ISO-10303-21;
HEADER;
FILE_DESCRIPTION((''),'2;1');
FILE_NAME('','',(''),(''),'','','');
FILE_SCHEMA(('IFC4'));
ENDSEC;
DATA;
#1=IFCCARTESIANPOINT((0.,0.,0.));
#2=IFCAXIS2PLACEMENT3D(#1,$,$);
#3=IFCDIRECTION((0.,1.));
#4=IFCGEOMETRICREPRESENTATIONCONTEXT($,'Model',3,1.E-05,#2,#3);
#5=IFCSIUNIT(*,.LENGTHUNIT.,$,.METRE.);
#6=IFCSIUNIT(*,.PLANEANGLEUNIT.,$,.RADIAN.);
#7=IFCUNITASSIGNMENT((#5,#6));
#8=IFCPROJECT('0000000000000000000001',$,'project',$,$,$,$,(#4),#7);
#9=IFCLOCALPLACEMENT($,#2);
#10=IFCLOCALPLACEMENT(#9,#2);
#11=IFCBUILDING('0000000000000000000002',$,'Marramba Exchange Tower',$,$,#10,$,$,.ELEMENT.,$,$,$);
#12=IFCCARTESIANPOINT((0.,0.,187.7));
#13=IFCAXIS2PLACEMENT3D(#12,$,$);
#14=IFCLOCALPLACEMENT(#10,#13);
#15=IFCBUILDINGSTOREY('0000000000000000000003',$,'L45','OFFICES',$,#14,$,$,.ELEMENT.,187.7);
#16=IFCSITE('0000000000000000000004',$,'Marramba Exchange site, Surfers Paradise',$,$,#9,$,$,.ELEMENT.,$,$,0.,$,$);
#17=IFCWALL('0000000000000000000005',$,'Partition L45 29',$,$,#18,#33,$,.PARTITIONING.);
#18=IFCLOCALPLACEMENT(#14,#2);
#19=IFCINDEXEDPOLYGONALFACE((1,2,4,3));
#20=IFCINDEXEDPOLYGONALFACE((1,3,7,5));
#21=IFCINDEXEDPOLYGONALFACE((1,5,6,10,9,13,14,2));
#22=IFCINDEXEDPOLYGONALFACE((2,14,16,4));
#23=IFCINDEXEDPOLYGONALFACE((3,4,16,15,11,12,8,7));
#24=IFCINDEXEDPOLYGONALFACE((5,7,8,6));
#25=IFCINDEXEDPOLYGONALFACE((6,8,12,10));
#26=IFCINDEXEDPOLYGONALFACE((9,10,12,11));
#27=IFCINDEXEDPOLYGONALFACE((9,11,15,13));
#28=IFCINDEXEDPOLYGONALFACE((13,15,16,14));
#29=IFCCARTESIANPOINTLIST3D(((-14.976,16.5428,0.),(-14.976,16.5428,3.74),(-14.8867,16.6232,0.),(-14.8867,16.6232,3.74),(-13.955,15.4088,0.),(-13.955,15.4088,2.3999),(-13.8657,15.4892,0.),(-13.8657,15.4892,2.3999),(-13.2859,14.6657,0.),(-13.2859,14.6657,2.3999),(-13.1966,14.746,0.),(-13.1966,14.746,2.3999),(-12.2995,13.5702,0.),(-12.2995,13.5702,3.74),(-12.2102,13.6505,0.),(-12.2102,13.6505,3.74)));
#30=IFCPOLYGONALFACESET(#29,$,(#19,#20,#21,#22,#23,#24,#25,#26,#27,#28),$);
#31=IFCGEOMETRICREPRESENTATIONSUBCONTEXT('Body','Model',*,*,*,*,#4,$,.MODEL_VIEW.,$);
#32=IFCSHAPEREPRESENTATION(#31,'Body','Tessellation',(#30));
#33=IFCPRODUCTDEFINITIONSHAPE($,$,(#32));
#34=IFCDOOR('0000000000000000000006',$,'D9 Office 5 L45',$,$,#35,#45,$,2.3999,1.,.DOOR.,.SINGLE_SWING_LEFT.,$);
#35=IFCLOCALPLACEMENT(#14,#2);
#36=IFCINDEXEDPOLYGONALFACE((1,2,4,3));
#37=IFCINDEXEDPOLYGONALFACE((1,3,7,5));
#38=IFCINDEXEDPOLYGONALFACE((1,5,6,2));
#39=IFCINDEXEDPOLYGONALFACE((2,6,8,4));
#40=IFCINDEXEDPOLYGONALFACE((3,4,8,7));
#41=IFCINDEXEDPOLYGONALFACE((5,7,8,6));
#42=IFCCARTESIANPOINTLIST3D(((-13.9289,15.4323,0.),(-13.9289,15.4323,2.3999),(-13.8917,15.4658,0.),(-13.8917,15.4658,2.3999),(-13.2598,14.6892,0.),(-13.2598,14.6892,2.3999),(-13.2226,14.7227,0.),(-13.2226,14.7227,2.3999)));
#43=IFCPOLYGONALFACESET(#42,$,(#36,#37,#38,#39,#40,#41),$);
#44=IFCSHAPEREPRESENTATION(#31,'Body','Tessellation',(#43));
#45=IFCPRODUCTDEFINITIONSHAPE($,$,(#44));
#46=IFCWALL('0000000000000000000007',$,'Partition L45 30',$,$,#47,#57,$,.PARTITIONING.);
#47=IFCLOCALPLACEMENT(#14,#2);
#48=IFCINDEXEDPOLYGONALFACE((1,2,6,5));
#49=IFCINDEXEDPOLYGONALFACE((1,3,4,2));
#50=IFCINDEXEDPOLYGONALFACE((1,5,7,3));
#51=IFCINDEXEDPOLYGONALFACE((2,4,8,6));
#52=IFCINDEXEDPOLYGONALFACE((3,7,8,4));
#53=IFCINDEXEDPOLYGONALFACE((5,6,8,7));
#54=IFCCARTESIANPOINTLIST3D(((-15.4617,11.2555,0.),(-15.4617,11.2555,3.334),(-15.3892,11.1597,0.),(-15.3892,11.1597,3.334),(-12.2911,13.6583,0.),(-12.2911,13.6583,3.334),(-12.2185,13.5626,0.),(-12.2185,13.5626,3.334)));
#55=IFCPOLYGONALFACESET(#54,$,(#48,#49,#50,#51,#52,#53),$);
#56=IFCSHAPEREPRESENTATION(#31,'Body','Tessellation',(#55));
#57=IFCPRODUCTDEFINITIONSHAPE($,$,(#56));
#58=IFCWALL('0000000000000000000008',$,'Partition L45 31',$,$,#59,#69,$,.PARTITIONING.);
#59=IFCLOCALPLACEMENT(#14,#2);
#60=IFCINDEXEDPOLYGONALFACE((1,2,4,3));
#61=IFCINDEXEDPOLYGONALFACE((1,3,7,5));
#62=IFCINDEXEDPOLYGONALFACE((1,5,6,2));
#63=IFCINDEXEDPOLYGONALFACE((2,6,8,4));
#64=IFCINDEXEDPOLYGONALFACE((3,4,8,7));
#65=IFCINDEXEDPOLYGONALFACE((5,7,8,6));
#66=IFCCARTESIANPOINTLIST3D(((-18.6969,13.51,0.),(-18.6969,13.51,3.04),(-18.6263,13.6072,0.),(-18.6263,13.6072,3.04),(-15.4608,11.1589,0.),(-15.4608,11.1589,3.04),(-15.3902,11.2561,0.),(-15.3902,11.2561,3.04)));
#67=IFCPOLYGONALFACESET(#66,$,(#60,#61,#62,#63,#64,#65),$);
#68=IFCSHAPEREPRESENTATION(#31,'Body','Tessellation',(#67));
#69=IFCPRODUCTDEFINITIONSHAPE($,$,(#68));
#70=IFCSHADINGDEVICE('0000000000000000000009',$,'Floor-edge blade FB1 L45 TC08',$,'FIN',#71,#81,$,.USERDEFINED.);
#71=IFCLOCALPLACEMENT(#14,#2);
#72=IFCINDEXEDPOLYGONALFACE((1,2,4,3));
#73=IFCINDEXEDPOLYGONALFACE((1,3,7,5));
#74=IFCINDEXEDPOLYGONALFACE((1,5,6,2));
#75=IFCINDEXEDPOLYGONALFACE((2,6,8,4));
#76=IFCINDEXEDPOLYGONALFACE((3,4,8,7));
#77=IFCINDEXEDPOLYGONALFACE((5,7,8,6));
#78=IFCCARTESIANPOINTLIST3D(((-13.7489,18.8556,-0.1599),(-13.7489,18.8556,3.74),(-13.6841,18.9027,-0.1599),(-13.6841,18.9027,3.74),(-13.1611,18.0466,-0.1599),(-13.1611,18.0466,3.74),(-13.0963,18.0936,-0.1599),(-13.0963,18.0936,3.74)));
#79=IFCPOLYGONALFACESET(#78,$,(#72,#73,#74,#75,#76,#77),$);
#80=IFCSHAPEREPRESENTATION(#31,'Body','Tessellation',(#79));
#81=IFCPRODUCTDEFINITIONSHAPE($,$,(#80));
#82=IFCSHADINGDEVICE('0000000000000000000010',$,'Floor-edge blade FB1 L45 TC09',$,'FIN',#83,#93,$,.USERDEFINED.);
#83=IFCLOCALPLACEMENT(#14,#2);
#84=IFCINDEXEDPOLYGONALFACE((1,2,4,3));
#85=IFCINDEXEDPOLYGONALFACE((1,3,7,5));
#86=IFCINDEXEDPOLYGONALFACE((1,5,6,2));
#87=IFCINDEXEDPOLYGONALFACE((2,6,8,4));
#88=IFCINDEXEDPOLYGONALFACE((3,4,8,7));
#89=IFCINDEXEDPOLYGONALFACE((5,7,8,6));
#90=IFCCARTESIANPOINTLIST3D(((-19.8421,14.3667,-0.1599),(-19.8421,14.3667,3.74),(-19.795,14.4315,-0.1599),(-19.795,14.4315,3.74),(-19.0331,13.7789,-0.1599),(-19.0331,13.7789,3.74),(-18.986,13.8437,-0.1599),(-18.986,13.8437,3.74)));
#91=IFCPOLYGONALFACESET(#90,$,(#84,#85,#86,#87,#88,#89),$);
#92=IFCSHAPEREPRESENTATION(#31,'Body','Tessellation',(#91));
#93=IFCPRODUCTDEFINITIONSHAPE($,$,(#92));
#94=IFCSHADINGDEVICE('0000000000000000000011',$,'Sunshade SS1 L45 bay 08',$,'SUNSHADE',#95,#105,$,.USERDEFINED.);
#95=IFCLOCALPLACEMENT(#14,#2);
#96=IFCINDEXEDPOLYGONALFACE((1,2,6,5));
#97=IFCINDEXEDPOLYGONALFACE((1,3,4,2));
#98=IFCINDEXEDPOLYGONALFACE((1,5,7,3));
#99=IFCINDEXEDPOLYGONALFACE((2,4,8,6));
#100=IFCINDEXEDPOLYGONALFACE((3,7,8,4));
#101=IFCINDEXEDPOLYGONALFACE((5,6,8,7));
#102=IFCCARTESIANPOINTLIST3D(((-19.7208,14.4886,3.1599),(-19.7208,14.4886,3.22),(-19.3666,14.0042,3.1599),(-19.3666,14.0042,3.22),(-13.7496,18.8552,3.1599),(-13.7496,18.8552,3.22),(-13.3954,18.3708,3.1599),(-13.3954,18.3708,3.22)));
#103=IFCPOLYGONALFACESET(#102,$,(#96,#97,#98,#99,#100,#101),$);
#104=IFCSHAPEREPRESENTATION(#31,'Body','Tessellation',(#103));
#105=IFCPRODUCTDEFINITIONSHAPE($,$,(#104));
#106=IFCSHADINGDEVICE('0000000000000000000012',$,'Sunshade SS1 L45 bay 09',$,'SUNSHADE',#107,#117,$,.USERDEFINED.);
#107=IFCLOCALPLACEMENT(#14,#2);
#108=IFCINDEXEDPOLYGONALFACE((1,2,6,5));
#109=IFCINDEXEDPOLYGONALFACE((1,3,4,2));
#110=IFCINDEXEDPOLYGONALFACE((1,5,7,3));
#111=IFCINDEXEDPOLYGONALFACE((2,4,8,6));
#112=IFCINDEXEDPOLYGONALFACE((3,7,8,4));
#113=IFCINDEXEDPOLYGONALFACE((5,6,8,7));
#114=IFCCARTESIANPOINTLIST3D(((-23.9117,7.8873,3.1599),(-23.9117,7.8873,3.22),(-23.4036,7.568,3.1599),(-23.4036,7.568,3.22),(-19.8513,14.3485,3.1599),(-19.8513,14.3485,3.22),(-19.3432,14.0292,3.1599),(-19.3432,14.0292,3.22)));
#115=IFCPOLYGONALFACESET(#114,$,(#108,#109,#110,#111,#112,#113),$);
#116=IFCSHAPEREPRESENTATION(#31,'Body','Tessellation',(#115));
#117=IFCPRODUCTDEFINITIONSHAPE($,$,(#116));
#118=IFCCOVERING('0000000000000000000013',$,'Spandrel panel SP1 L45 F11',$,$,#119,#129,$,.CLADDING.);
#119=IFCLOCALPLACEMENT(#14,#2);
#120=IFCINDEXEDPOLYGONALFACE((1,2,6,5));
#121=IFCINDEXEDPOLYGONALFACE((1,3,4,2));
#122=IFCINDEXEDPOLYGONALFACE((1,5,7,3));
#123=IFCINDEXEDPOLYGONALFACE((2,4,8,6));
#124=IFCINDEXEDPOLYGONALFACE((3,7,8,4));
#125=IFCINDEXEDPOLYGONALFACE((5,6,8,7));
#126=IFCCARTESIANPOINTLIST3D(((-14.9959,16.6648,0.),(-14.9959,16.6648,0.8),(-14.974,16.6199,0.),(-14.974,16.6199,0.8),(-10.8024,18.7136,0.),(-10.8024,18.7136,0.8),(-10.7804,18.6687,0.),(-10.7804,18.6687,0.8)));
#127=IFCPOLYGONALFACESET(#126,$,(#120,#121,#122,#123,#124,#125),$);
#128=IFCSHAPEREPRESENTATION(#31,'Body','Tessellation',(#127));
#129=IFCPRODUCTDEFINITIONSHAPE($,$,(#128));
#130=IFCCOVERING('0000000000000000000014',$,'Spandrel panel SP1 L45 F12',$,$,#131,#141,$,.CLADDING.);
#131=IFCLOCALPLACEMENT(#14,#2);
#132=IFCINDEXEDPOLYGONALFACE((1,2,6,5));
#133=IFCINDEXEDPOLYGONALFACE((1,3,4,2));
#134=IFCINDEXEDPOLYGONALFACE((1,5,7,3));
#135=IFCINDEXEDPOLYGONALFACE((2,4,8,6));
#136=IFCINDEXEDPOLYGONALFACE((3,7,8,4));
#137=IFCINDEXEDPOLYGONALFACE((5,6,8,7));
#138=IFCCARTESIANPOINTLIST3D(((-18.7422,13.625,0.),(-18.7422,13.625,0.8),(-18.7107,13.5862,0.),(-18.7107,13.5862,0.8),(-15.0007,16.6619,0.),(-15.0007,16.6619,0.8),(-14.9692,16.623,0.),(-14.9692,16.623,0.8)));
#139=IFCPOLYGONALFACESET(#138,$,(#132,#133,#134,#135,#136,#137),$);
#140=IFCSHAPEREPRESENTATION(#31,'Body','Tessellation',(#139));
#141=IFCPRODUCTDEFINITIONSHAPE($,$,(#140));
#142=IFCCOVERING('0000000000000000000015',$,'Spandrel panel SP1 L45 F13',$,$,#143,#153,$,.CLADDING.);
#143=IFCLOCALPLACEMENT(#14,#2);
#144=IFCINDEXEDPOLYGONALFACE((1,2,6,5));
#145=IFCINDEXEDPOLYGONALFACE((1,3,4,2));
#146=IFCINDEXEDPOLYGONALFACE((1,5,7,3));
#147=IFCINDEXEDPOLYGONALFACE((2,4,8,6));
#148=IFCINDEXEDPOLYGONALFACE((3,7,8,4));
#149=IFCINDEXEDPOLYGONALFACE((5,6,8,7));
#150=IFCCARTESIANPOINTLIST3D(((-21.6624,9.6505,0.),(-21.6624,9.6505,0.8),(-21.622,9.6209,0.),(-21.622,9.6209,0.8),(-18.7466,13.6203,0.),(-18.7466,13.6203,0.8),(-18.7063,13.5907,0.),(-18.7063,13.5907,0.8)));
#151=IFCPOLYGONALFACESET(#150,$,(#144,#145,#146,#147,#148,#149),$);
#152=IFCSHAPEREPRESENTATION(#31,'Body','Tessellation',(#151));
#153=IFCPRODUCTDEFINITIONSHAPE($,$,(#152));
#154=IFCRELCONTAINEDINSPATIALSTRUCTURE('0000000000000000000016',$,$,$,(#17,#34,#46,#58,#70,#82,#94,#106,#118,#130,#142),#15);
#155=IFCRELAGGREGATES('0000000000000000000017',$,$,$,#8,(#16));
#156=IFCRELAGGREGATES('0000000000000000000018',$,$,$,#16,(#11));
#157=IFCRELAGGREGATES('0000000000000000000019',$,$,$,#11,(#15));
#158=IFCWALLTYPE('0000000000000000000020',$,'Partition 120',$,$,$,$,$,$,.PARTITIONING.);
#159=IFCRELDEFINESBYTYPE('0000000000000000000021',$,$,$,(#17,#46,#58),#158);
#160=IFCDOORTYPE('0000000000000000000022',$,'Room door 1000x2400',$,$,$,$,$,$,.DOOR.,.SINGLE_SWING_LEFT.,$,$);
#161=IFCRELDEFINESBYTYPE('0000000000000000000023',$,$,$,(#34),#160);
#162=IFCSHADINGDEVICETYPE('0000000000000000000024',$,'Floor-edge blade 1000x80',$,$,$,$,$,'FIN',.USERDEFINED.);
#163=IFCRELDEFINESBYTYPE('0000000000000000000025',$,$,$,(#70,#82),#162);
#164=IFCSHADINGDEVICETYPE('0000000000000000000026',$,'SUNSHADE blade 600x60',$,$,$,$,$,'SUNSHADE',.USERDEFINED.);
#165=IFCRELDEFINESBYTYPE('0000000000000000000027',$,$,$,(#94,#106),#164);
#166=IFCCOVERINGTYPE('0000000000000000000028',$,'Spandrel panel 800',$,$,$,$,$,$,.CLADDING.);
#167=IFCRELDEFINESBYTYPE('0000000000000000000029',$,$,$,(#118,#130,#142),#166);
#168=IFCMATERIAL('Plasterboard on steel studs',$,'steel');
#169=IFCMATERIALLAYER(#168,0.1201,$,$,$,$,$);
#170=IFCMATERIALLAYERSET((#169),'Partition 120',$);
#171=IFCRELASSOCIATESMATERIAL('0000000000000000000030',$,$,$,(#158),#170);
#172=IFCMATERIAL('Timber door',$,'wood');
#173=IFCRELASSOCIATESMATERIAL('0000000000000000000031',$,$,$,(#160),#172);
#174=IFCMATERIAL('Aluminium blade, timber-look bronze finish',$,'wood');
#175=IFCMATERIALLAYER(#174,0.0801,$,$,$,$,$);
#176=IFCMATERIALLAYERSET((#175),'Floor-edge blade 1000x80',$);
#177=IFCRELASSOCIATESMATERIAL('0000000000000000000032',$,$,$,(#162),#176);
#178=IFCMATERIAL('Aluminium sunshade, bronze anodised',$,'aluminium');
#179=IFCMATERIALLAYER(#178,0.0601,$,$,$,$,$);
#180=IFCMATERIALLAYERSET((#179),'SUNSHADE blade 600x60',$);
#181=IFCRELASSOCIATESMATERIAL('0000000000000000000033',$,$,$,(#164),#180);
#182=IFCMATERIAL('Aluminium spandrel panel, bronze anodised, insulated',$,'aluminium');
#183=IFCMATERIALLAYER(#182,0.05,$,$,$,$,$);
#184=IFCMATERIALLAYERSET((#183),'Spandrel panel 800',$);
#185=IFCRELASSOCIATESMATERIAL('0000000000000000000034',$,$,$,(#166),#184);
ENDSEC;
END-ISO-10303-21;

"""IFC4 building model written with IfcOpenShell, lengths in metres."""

from ifc_helpers import new_model, si_unit, direction, frame, frame_2d, origin, origin_2d, place, context, subcontext, project, spatial, rectangle, extrude, material, layer, layer_set, type_object, element, fill, save


model = new_model("IFC4")

# Units and contexts
model_context = context("Model", 3, precision=1e-05, world=origin(), true_north=direction((0.0, 1.0)))
body_context = subcontext(model_context, "Body", "Model", "MODEL_VIEW")
ifc_project = project(units=[si_unit("LENGTHUNIT", "METRE"), si_unit("PLANEANGLEUNIT", "RADIAN")], contexts=[model_context])

# Site, building, storey
site_placement = place(None, origin())
site = spatial("IfcSite", under=ifc_project, at=site_placement, Name="Marramba Exchange site, Surfers Paradise", CompositionType="ELEMENT", RefElevation=0.0)
building_placement = place(site_placement, origin())
building = spatial("IfcBuilding", under=site, at=building_placement, Name="Marramba Exchange Tower", CompositionType="ELEMENT")
storey_placement = place(building_placement, frame((0.0, 0.0, 187.7)))
storey = spatial("IfcBuildingStorey", under=building, at=storey_placement, Name="L45", Description="OFFICES", CompositionType="ELEMENT", Elevation=187.7)

# Wall, opening, door
ifc_material_1 = material(Name="Plasterboard on steel studs", Category="steel")
ifc_layer_1 = layer(ifc_material_1, 0.1201)
ifc_layer_set_1 = layer_set([ifc_layer_1], Name="Partition 120")
wall_type = type_object("IfcWallType", Name="Partition 120", PredefinedType="PARTITIONING", material=ifc_layer_set_1)
wall_1_placement = place(storey_placement, frame((-12.2549, 13.6104, 0.0), z_axis=(0.0, 0.0, 1.0), x_axis=(-0.66912, 0.743155, 0.0)))
wall_1 = element("IfcWall", 1, at=wall_1_placement, inside=storey, type_object=wall_type, Name="Partition L45 29", PredefinedType="PARTITIONING", context=body_context, shape_type="SweptSolid", body=[
    extrude(rectangle(XDim=4.0, YDim=0.1201, at=frame_2d((2.0, 0.0))), origin(), (0.0, 0.0, 1.0), 3.74),
])
opening_placement = place(wall_1_placement, frame((1.4741, 0.0, 0.0)))
opening = element("IfcOpeningElement", 2, at=opening_placement, cuts=wall_1, PredefinedType="OPENING", context=body_context, shape_type="SweptSolid", body=[
    extrude(rectangle(XDim=1.0, YDim=2.3999, at=frame_2d((0.5, 1.2))), frame((0.0, 0.0701, 0.0), z_axis=(0.0, -1.0, 0.0), x_axis=(1.0, 0.0, 0.0)), (0.0, 0.0, 1.0), 0.1401),
])
ifc_material_2 = material(Name="Timber door", Category="wood")
door_type = type_object("IfcDoorType", Name="Room door 1000x2400", OperationType="SINGLE_SWING_LEFT", PredefinedType="DOOR", material=ifc_material_2)
door_placement = place(opening_placement, origin())
door = element("IfcDoor", 3, at=door_placement, inside=storey, type_object=door_type, Name="D9 Office 5 L45", OperationType="SINGLE_SWING_LEFT", OverallHeight=2.3999, OverallWidth=1.0, PredefinedType="DOOR", context=body_context, shape_type="SweptSolid", body=[
    extrude(rectangle(XDim=1.0, YDim=2.3999, at=frame_2d((0.5, 1.2))), frame((0.0, 0.0249, 0.0), z_axis=(0.0, -1.0, 0.0), x_axis=(1.0, 0.0, 0.0)), (0.0, 0.0, 1.0), 0.05),
])
fill(opening, door)

# Walls
wall_2_placement = place(storey_placement, frame((-15.4255, 11.2075, 0.0), z_axis=(0.0, 0.0, 1.0), x_axis=(0.796993, 0.603989, 0.0)))
element("IfcWall", 4, at=wall_2_placement, inside=storey, type_object=wall_type, Name="Partition L45 30", PredefinedType="PARTITIONING", context=body_context, shape_type="SweptSolid", body=[
    extrude(rectangle(XDim=3.9783, YDim=0.1201, at=frame_2d((1.9893, 0.0))), origin(), (0.0, 0.0, 1.0), 3.334),
])
wall_3_placement = place(storey_placement, frame((-18.6616, 13.5586, 0.0), z_axis=(0.0, 0.0, 1.0), x_axis=(0.809026, -0.587772, 0.0)))
element("IfcWall", 5, at=wall_3_placement, inside=storey, type_object=wall_type, Name="Partition L45 31", PredefinedType="PARTITIONING", context=body_context, shape_type="SweptSolid", body=[
    extrude(rectangle(XDim=4.0, YDim=0.1201, at=frame_2d((2.0, 0.0))), origin(), (0.0, 0.0, 1.0), 3.04),
])

# Shading devices
ifc_material_3 = material(Name="Aluminium blade, timber-look bronze finish", Category="wood")
ifc_layer_2 = layer(ifc_material_3, 0.0801)
ifc_layer_set_2 = layer_set([ifc_layer_2], Name="Floor-edge blade 1000x80")
shading_device_type_1 = type_object("IfcShadingDeviceType", Name="Floor-edge blade 1000x80", ElementType="FIN", PredefinedType="USERDEFINED", material=ifc_layer_set_2)
for number, where, z_axis, x_axis, name in (
    (6, (-13.4226, 18.4746, -0.1599), (0.0, 0.0, 1.0), (-0.587785, 0.809017, 0.0), "Floor-edge blade FB1 L45 TC08"),
    (7, (-19.4141, 14.1052, -0.1599), (0.0, 0.0, 1.0), (-0.809017, 0.587785, 0.0), "Floor-edge blade FB1 L45 TC09"),
):
    element("IfcShadingDevice", number, at=place(storey_placement, frame(where, z_axis=z_axis, x_axis=x_axis)), inside=storey, type_object=shading_device_type_1, Name=name, ObjectType="FIN", PredefinedType="USERDEFINED", context=body_context, shape_type="SweptSolid", body=[
        extrude(rectangle(XDim=1.0, YDim=0.0801, at=origin_2d()), origin(), (0.0, 0.0, 1.0), 3.8999),
    ])
ifc_material_4 = material(Name="Aluminium sunshade, bronze anodised", Category="aluminium")
ifc_layer_3 = layer(ifc_material_4, 0.0601)
ifc_layer_set_3 = layer_set([ifc_layer_3], Name="SUNSHADE blade 600x60")
shading_device_type_2 = type_object("IfcShadingDeviceType", Name="SUNSHADE blade 600x60", ElementType="SUNSHADE", PredefinedType="USERDEFINED", material=ifc_layer_set_3)
shading_device_1_placement = place(storey_placement, frame((-16.5581, 16.4297, 3.1599), z_axis=(0.0, 0.0, 1.0), x_axis=(-0.807194, -0.590286, 0.0)))
element("IfcShadingDevice", 8, at=shading_device_1_placement, inside=storey, type_object=shading_device_type_2, Name="Sunshade SS1 L45 bay 08", ObjectType="SUNSHADE", PredefinedType="USERDEFINED", context=body_context, shape_type="SweptSolid", body=[
    extrude(rectangle(XDim=7.3975, YDim=0.6001, at=origin_2d()), origin(), (0.0, 0.0, 1.0), 0.0601),
])
shading_device_2_placement = place(storey_placement, frame((-21.6274, 10.9583, 3.1599), z_axis=(0.0, 0.0, 1.0), x_axis=(-0.532082, -0.846693, 0.0)))
element("IfcShadingDevice", 9, at=shading_device_2_placement, inside=storey, type_object=shading_device_type_2, Name="Sunshade SS1 L45 bay 09", ObjectType="SUNSHADE", PredefinedType="USERDEFINED", context=body_context, shape_type="SweptSolid", body=[
    extrude(rectangle(XDim=7.6311, YDim=0.6001, at=origin_2d()), origin(), (0.0, 0.0, 1.0), 0.0601),
])

# Coverings
ifc_material_5 = material(Name="Aluminium spandrel panel, bronze anodised, insulated", Category="aluminium")
ifc_layer_4 = layer(ifc_material_5, 0.05)
ifc_layer_set_4 = layer_set([ifc_layer_4], Name="Spandrel panel 800")
covering_type = type_object("IfcCoveringType", Name="Spandrel panel 800", PredefinedType="CLADDING", material=ifc_layer_set_4)
covering_1_placement = place(storey_placement, frame((-12.8882, 17.6667, 0.0), z_axis=(0.0, 0.0, 1.0), x_axis=(-0.898501, -0.438972, 0.0)))
element("IfcCovering", 10, at=covering_1_placement, inside=storey, type_object=covering_type, Name="Spandrel panel SP1 L45 F11", PredefinedType="CLADDING", context=body_context, shape_type="SweptSolid", body=[
    extrude(rectangle(XDim=4.6672, YDim=0.05, at=origin_2d()), origin(), (0.0, 0.0, 1.0), 0.8),
])
covering_2_placement = place(storey_placement, frame((-16.8557, 15.124, 0.0), z_axis=(0.0, 0.0, 1.0), x_axis=(-0.776432, -0.630201, 0.0)))
element("IfcCovering", 11, at=covering_2_placement, inside=storey, type_object=covering_type, Name="Spandrel panel SP1 L45 F12", PredefinedType="CLADDING", context=body_context, shape_type="SweptSolid", body=[
    extrude(rectangle(XDim=4.8188, YDim=0.05, at=origin_2d()), origin(), (0.0, 0.0, 1.0), 0.8),
])
covering_3_placement = place(storey_placement, frame((-20.1843, 11.6206, 0.0), z_axis=(0.0, 0.0, 1.0), x_axis=(-0.591963, -0.805965, 0.0)))
element("IfcCovering", 12, at=covering_3_placement, inside=storey, type_object=covering_type, Name="Spandrel panel SP1 L45 F13", PredefinedType="CLADDING", context=body_context, shape_type="SweptSolid", body=[
    extrude(rectangle(XDim=4.9255, YDim=0.05, at=origin_2d()), origin(), (0.0, 0.0, 1.0), 0.8),
])

save(model, "model.ifc")
